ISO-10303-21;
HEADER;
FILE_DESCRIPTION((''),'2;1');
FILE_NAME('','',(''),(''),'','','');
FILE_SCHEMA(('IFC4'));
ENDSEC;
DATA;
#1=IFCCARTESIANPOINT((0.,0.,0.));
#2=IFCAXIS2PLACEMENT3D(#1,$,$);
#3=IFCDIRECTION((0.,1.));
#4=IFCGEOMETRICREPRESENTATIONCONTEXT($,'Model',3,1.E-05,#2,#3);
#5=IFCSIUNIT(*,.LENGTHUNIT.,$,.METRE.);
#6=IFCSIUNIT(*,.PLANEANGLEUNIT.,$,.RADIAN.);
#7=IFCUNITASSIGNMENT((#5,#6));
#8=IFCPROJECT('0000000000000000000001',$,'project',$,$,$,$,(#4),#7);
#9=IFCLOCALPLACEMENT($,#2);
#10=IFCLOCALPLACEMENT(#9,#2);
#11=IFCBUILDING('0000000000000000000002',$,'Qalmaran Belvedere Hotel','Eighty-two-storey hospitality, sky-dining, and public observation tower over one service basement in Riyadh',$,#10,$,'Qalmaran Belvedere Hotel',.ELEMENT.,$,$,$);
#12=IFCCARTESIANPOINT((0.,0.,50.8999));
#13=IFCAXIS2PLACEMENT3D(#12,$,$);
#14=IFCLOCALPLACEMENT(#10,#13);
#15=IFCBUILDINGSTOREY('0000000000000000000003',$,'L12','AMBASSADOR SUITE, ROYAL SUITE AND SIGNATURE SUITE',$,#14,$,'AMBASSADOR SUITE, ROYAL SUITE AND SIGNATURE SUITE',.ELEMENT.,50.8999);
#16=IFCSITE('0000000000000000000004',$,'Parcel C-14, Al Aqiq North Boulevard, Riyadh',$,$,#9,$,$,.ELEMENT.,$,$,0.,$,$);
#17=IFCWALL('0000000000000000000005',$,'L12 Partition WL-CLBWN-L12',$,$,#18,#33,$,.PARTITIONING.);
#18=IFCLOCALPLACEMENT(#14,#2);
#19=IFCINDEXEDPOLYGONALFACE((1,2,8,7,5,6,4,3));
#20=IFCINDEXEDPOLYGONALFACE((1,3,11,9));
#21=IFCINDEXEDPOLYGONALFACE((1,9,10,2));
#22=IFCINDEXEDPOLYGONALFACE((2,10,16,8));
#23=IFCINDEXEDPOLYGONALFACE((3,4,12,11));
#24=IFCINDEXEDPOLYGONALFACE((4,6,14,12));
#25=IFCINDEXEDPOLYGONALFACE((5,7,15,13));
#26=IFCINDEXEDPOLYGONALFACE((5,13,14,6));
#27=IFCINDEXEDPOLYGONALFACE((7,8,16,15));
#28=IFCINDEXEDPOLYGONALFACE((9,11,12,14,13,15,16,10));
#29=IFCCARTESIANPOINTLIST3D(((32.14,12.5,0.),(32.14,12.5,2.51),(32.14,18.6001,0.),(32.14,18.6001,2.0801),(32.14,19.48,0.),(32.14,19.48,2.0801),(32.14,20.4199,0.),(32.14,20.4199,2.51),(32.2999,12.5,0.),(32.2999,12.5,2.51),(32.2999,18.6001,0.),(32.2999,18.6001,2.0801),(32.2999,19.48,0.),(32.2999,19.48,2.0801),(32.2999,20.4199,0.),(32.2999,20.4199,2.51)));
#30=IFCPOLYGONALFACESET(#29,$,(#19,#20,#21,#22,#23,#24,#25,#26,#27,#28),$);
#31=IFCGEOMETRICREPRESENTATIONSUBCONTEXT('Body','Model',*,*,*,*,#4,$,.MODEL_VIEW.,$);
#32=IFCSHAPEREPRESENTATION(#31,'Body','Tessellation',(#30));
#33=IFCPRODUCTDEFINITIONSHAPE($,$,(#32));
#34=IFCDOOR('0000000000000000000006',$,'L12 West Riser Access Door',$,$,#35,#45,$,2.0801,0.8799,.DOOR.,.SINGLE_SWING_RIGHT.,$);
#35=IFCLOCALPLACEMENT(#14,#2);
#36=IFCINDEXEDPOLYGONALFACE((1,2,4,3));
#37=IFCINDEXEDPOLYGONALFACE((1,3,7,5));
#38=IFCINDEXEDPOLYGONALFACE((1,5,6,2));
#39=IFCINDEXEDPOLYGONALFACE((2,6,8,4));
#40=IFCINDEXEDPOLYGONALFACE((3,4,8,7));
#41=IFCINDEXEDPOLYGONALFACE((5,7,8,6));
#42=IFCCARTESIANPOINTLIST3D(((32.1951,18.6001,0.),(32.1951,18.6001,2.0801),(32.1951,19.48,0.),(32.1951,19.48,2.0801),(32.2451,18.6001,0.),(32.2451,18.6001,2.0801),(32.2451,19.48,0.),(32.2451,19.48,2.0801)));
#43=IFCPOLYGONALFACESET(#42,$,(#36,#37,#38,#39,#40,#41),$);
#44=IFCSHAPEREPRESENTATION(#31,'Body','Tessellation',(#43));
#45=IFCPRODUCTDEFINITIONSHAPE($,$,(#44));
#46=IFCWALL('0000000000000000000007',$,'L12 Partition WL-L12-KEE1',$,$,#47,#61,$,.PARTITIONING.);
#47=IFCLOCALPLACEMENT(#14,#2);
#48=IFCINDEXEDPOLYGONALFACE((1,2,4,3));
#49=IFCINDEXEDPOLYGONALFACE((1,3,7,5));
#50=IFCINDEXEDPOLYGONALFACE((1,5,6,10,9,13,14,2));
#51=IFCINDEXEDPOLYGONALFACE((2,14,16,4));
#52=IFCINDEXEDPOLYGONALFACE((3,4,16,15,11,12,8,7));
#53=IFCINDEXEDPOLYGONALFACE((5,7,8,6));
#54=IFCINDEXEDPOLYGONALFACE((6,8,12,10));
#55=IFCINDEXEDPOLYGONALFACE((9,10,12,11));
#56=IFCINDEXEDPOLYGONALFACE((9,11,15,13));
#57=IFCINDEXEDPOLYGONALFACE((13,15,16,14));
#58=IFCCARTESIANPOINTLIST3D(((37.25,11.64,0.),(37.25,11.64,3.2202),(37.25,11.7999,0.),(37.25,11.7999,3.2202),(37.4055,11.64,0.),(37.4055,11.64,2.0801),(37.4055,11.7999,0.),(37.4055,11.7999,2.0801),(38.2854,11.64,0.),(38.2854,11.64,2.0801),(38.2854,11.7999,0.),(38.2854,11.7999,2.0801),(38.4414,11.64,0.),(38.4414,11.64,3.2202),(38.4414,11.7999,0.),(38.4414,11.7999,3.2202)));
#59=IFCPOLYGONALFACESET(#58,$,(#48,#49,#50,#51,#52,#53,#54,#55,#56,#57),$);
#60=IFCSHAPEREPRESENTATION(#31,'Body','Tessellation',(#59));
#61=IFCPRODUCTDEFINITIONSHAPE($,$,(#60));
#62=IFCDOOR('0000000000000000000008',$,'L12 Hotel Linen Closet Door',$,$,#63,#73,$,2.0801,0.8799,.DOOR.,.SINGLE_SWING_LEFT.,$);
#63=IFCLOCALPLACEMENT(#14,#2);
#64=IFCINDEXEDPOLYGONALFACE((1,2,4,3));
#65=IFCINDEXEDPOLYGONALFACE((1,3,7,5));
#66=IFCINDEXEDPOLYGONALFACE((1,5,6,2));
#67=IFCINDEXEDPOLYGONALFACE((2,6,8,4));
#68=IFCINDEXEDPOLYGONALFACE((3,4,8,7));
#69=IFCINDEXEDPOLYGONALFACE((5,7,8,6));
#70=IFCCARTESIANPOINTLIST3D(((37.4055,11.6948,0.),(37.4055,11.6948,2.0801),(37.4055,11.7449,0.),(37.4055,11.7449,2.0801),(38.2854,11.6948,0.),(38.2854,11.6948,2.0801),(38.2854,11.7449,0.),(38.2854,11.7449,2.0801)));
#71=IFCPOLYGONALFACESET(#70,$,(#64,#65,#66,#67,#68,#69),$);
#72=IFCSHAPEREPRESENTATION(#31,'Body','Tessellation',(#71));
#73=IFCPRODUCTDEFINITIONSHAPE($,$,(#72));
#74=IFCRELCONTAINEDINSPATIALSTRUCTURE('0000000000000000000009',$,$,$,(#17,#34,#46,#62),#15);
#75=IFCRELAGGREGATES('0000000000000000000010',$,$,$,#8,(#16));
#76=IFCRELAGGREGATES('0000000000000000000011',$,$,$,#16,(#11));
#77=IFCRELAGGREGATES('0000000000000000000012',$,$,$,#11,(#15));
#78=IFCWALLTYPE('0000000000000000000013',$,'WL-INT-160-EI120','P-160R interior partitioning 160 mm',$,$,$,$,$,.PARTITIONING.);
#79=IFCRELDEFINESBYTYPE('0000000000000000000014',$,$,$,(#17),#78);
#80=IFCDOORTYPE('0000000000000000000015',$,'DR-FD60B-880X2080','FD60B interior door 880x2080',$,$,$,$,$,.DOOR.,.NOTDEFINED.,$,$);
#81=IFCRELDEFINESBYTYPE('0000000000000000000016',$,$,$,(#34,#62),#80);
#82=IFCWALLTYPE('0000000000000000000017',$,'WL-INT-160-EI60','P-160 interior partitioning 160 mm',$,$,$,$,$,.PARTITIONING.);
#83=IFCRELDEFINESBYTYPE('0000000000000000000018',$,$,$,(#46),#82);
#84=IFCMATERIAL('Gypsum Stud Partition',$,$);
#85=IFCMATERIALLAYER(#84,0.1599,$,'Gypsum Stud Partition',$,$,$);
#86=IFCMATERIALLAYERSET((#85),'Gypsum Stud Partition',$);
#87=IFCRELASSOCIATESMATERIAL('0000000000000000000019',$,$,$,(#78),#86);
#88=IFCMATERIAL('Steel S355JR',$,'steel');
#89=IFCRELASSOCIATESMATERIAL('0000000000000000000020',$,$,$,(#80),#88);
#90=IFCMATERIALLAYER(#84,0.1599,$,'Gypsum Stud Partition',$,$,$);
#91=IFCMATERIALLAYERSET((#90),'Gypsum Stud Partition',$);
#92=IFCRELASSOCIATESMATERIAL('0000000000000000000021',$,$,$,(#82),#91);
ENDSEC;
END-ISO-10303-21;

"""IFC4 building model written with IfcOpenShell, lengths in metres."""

from ifc_helpers import new_model, si_unit, direction, frame, frame_2d, origin, place, context, subcontext, project, spatial, rectangle, extrude, material, layer, layer_set, type_object, element, fill, save


model = new_model("IFC4")

# Units and contexts
model_context = context("Model", 3, precision=1e-05, world=origin(), true_north=direction((0.0, 1.0)))
body_context = subcontext(model_context, "Body", "Model", "MODEL_VIEW")
ifc_project = project(units=[si_unit("LENGTHUNIT", "METRE"), si_unit("PLANEANGLEUNIT", "RADIAN")], contexts=[model_context])

# Site, building, storey
site_placement = place(None, origin())
site = spatial("IfcSite", under=ifc_project, at=site_placement, Name="Parcel C-14, Al Aqiq North Boulevard, Riyadh", CompositionType="ELEMENT", RefElevation=0.0)
building_placement = place(site_placement, origin())
building = spatial("IfcBuilding", under=site, at=building_placement, Name="Qalmaran Belvedere Hotel", Description="Eighty-two-storey hospitality, sky-dining, and public observation tower over one service basement in Riyadh", LongName="Qalmaran Belvedere Hotel", CompositionType="ELEMENT")
storey_placement = place(building_placement, frame((0.0, 0.0, 50.8999)))
storey = spatial("IfcBuildingStorey", under=building, at=storey_placement, Name="L12", Description="AMBASSADOR SUITE, ROYAL SUITE AND SIGNATURE SUITE", LongName="AMBASSADOR SUITE, ROYAL SUITE AND SIGNATURE SUITE", CompositionType="ELEMENT", Elevation=50.8999)

# Shared definitions
ifc_material_1 = material(Name="Steel S355JR", Category="steel")

# Shared definitions
ifc_material_2 = material(Name="Gypsum Stud Partition")
ifc_layer_1 = layer(ifc_material_2, 0.1599, Name="Gypsum Stud Partition")
ifc_layer_set_1 = layer_set([ifc_layer_1], Name="Gypsum Stud Partition")
wall_type_1 = type_object("IfcWallType", Name="WL-INT-160-EI120", Description="P-160R interior partitioning 160 mm", PredefinedType="PARTITIONING", material=ifc_layer_set_1)

# Walls, openings, doors
wall_1_placement = place(storey_placement, frame((32.22, 12.5, 0.0), z_axis=(0.0, 0.0, 1.0), x_axis=(0.0, 1.0, 0.0)))
wall_1 = element("IfcWall", 1, at=wall_1_placement, inside=storey, type_object=wall_type_1, Name="L12 Partition WL-CLBWN-L12", PredefinedType="PARTITIONING", context=body_context, shape_type="SweptSolid", body=[
    extrude(rectangle(XDim=7.9199, YDim=0.1599, at=frame_2d((3.96, 0.0))), origin(), (0.0, 0.0, 1.0), 2.51),
])
opening_1_placement = place(wall_1_placement, frame((6.1001, 0.0, 0.0)))
opening_1 = element("IfcOpeningElement", 2, at=opening_1_placement, cuts=wall_1, PredefinedType="OPENING", context=body_context, shape_type="SweptSolid", body=[
    extrude(rectangle(XDim=0.8799, YDim=2.0801, at=frame_2d((0.4399, 1.04))), frame((0.0, 0.0898, 0.0), z_axis=(0.0, -1.0, 0.0), x_axis=(1.0, 0.0, 0.0)), (0.0, 0.0, 1.0), 0.1799),
])
door_type_1 = type_object("IfcDoorType", Name="DR-FD60B-880X2080", Description="FD60B interior door 880x2080", OperationType="NOTDEFINED", PredefinedType="DOOR", material=ifc_material_1)
door_1_placement = place(opening_1_placement, origin())
door_1 = element("IfcDoor", 3, at=door_1_placement, inside=storey, type_object=door_type_1, Name="L12 West Riser Access Door", OperationType="SINGLE_SWING_RIGHT", OverallHeight=2.0801, OverallWidth=0.8799, PredefinedType="DOOR", context=body_context, shape_type="SweptSolid", body=[
    extrude(rectangle(XDim=0.8799, YDim=2.0801, at=frame_2d((0.4399, 1.04))), frame((0.0, 0.0249, 0.0), z_axis=(0.0, -1.0, 0.0), x_axis=(1.0, 0.0, 0.0)), (0.0, 0.0, 1.0), 0.05),
])
fill(opening_1, door_1)
ifc_layer_2 = layer(ifc_material_2, 0.1599, Name="Gypsum Stud Partition")
ifc_layer_set_2 = layer_set([ifc_layer_2], Name="Gypsum Stud Partition")
wall_type_2 = type_object("IfcWallType", Name="WL-INT-160-EI60", Description="P-160 interior partitioning 160 mm", PredefinedType="PARTITIONING", material=ifc_layer_set_2)
wall_2_placement = place(storey_placement, frame((37.25, 11.72, 0.0), z_axis=(0.0, 0.0, 1.0), x_axis=(1.0, 0.0, 0.0)))
wall_2 = element("IfcWall", 4, at=wall_2_placement, inside=storey, type_object=wall_type_2, Name="L12 Partition WL-L12-KEE1", PredefinedType="PARTITIONING", context=body_context, shape_type="SweptSolid", body=[
    extrude(rectangle(XDim=1.1914, YDim=0.1599, at=frame_2d((0.5957, 0.0))), origin(), (0.0, 0.0, 1.0), 3.2202),
])
opening_2_placement = place(wall_2_placement, frame((0.1555, 0.0, 0.0)))
opening_2 = element("IfcOpeningElement", 5, at=opening_2_placement, cuts=wall_2, PredefinedType="OPENING", context=body_context, shape_type="SweptSolid", body=[
    extrude(rectangle(XDim=0.8799, YDim=2.0801, at=frame_2d((0.4399, 1.04))), frame((0.0, 0.0898, 0.0), z_axis=(0.0, -1.0, 0.0), x_axis=(1.0, 0.0, 0.0)), (0.0, 0.0, 1.0), 0.1799),
])
door_2_placement = place(opening_2_placement, origin())
door_2 = element("IfcDoor", 6, at=door_2_placement, inside=storey, type_object=door_type_1, Name="L12 Hotel Linen Closet Door", OperationType="SINGLE_SWING_LEFT", OverallHeight=2.0801, OverallWidth=0.8799, PredefinedType="DOOR", context=body_context, shape_type="SweptSolid", body=[
    extrude(rectangle(XDim=0.8799, YDim=2.0801, at=frame_2d((0.4399, 1.04))), frame((0.0, 0.0249, 0.0), z_axis=(0.0, -1.0, 0.0), x_axis=(1.0, 0.0, 0.0)), (0.0, 0.0, 1.0), 0.05),
])
fill(opening_2, door_2)

save(model, "model.ifc")
